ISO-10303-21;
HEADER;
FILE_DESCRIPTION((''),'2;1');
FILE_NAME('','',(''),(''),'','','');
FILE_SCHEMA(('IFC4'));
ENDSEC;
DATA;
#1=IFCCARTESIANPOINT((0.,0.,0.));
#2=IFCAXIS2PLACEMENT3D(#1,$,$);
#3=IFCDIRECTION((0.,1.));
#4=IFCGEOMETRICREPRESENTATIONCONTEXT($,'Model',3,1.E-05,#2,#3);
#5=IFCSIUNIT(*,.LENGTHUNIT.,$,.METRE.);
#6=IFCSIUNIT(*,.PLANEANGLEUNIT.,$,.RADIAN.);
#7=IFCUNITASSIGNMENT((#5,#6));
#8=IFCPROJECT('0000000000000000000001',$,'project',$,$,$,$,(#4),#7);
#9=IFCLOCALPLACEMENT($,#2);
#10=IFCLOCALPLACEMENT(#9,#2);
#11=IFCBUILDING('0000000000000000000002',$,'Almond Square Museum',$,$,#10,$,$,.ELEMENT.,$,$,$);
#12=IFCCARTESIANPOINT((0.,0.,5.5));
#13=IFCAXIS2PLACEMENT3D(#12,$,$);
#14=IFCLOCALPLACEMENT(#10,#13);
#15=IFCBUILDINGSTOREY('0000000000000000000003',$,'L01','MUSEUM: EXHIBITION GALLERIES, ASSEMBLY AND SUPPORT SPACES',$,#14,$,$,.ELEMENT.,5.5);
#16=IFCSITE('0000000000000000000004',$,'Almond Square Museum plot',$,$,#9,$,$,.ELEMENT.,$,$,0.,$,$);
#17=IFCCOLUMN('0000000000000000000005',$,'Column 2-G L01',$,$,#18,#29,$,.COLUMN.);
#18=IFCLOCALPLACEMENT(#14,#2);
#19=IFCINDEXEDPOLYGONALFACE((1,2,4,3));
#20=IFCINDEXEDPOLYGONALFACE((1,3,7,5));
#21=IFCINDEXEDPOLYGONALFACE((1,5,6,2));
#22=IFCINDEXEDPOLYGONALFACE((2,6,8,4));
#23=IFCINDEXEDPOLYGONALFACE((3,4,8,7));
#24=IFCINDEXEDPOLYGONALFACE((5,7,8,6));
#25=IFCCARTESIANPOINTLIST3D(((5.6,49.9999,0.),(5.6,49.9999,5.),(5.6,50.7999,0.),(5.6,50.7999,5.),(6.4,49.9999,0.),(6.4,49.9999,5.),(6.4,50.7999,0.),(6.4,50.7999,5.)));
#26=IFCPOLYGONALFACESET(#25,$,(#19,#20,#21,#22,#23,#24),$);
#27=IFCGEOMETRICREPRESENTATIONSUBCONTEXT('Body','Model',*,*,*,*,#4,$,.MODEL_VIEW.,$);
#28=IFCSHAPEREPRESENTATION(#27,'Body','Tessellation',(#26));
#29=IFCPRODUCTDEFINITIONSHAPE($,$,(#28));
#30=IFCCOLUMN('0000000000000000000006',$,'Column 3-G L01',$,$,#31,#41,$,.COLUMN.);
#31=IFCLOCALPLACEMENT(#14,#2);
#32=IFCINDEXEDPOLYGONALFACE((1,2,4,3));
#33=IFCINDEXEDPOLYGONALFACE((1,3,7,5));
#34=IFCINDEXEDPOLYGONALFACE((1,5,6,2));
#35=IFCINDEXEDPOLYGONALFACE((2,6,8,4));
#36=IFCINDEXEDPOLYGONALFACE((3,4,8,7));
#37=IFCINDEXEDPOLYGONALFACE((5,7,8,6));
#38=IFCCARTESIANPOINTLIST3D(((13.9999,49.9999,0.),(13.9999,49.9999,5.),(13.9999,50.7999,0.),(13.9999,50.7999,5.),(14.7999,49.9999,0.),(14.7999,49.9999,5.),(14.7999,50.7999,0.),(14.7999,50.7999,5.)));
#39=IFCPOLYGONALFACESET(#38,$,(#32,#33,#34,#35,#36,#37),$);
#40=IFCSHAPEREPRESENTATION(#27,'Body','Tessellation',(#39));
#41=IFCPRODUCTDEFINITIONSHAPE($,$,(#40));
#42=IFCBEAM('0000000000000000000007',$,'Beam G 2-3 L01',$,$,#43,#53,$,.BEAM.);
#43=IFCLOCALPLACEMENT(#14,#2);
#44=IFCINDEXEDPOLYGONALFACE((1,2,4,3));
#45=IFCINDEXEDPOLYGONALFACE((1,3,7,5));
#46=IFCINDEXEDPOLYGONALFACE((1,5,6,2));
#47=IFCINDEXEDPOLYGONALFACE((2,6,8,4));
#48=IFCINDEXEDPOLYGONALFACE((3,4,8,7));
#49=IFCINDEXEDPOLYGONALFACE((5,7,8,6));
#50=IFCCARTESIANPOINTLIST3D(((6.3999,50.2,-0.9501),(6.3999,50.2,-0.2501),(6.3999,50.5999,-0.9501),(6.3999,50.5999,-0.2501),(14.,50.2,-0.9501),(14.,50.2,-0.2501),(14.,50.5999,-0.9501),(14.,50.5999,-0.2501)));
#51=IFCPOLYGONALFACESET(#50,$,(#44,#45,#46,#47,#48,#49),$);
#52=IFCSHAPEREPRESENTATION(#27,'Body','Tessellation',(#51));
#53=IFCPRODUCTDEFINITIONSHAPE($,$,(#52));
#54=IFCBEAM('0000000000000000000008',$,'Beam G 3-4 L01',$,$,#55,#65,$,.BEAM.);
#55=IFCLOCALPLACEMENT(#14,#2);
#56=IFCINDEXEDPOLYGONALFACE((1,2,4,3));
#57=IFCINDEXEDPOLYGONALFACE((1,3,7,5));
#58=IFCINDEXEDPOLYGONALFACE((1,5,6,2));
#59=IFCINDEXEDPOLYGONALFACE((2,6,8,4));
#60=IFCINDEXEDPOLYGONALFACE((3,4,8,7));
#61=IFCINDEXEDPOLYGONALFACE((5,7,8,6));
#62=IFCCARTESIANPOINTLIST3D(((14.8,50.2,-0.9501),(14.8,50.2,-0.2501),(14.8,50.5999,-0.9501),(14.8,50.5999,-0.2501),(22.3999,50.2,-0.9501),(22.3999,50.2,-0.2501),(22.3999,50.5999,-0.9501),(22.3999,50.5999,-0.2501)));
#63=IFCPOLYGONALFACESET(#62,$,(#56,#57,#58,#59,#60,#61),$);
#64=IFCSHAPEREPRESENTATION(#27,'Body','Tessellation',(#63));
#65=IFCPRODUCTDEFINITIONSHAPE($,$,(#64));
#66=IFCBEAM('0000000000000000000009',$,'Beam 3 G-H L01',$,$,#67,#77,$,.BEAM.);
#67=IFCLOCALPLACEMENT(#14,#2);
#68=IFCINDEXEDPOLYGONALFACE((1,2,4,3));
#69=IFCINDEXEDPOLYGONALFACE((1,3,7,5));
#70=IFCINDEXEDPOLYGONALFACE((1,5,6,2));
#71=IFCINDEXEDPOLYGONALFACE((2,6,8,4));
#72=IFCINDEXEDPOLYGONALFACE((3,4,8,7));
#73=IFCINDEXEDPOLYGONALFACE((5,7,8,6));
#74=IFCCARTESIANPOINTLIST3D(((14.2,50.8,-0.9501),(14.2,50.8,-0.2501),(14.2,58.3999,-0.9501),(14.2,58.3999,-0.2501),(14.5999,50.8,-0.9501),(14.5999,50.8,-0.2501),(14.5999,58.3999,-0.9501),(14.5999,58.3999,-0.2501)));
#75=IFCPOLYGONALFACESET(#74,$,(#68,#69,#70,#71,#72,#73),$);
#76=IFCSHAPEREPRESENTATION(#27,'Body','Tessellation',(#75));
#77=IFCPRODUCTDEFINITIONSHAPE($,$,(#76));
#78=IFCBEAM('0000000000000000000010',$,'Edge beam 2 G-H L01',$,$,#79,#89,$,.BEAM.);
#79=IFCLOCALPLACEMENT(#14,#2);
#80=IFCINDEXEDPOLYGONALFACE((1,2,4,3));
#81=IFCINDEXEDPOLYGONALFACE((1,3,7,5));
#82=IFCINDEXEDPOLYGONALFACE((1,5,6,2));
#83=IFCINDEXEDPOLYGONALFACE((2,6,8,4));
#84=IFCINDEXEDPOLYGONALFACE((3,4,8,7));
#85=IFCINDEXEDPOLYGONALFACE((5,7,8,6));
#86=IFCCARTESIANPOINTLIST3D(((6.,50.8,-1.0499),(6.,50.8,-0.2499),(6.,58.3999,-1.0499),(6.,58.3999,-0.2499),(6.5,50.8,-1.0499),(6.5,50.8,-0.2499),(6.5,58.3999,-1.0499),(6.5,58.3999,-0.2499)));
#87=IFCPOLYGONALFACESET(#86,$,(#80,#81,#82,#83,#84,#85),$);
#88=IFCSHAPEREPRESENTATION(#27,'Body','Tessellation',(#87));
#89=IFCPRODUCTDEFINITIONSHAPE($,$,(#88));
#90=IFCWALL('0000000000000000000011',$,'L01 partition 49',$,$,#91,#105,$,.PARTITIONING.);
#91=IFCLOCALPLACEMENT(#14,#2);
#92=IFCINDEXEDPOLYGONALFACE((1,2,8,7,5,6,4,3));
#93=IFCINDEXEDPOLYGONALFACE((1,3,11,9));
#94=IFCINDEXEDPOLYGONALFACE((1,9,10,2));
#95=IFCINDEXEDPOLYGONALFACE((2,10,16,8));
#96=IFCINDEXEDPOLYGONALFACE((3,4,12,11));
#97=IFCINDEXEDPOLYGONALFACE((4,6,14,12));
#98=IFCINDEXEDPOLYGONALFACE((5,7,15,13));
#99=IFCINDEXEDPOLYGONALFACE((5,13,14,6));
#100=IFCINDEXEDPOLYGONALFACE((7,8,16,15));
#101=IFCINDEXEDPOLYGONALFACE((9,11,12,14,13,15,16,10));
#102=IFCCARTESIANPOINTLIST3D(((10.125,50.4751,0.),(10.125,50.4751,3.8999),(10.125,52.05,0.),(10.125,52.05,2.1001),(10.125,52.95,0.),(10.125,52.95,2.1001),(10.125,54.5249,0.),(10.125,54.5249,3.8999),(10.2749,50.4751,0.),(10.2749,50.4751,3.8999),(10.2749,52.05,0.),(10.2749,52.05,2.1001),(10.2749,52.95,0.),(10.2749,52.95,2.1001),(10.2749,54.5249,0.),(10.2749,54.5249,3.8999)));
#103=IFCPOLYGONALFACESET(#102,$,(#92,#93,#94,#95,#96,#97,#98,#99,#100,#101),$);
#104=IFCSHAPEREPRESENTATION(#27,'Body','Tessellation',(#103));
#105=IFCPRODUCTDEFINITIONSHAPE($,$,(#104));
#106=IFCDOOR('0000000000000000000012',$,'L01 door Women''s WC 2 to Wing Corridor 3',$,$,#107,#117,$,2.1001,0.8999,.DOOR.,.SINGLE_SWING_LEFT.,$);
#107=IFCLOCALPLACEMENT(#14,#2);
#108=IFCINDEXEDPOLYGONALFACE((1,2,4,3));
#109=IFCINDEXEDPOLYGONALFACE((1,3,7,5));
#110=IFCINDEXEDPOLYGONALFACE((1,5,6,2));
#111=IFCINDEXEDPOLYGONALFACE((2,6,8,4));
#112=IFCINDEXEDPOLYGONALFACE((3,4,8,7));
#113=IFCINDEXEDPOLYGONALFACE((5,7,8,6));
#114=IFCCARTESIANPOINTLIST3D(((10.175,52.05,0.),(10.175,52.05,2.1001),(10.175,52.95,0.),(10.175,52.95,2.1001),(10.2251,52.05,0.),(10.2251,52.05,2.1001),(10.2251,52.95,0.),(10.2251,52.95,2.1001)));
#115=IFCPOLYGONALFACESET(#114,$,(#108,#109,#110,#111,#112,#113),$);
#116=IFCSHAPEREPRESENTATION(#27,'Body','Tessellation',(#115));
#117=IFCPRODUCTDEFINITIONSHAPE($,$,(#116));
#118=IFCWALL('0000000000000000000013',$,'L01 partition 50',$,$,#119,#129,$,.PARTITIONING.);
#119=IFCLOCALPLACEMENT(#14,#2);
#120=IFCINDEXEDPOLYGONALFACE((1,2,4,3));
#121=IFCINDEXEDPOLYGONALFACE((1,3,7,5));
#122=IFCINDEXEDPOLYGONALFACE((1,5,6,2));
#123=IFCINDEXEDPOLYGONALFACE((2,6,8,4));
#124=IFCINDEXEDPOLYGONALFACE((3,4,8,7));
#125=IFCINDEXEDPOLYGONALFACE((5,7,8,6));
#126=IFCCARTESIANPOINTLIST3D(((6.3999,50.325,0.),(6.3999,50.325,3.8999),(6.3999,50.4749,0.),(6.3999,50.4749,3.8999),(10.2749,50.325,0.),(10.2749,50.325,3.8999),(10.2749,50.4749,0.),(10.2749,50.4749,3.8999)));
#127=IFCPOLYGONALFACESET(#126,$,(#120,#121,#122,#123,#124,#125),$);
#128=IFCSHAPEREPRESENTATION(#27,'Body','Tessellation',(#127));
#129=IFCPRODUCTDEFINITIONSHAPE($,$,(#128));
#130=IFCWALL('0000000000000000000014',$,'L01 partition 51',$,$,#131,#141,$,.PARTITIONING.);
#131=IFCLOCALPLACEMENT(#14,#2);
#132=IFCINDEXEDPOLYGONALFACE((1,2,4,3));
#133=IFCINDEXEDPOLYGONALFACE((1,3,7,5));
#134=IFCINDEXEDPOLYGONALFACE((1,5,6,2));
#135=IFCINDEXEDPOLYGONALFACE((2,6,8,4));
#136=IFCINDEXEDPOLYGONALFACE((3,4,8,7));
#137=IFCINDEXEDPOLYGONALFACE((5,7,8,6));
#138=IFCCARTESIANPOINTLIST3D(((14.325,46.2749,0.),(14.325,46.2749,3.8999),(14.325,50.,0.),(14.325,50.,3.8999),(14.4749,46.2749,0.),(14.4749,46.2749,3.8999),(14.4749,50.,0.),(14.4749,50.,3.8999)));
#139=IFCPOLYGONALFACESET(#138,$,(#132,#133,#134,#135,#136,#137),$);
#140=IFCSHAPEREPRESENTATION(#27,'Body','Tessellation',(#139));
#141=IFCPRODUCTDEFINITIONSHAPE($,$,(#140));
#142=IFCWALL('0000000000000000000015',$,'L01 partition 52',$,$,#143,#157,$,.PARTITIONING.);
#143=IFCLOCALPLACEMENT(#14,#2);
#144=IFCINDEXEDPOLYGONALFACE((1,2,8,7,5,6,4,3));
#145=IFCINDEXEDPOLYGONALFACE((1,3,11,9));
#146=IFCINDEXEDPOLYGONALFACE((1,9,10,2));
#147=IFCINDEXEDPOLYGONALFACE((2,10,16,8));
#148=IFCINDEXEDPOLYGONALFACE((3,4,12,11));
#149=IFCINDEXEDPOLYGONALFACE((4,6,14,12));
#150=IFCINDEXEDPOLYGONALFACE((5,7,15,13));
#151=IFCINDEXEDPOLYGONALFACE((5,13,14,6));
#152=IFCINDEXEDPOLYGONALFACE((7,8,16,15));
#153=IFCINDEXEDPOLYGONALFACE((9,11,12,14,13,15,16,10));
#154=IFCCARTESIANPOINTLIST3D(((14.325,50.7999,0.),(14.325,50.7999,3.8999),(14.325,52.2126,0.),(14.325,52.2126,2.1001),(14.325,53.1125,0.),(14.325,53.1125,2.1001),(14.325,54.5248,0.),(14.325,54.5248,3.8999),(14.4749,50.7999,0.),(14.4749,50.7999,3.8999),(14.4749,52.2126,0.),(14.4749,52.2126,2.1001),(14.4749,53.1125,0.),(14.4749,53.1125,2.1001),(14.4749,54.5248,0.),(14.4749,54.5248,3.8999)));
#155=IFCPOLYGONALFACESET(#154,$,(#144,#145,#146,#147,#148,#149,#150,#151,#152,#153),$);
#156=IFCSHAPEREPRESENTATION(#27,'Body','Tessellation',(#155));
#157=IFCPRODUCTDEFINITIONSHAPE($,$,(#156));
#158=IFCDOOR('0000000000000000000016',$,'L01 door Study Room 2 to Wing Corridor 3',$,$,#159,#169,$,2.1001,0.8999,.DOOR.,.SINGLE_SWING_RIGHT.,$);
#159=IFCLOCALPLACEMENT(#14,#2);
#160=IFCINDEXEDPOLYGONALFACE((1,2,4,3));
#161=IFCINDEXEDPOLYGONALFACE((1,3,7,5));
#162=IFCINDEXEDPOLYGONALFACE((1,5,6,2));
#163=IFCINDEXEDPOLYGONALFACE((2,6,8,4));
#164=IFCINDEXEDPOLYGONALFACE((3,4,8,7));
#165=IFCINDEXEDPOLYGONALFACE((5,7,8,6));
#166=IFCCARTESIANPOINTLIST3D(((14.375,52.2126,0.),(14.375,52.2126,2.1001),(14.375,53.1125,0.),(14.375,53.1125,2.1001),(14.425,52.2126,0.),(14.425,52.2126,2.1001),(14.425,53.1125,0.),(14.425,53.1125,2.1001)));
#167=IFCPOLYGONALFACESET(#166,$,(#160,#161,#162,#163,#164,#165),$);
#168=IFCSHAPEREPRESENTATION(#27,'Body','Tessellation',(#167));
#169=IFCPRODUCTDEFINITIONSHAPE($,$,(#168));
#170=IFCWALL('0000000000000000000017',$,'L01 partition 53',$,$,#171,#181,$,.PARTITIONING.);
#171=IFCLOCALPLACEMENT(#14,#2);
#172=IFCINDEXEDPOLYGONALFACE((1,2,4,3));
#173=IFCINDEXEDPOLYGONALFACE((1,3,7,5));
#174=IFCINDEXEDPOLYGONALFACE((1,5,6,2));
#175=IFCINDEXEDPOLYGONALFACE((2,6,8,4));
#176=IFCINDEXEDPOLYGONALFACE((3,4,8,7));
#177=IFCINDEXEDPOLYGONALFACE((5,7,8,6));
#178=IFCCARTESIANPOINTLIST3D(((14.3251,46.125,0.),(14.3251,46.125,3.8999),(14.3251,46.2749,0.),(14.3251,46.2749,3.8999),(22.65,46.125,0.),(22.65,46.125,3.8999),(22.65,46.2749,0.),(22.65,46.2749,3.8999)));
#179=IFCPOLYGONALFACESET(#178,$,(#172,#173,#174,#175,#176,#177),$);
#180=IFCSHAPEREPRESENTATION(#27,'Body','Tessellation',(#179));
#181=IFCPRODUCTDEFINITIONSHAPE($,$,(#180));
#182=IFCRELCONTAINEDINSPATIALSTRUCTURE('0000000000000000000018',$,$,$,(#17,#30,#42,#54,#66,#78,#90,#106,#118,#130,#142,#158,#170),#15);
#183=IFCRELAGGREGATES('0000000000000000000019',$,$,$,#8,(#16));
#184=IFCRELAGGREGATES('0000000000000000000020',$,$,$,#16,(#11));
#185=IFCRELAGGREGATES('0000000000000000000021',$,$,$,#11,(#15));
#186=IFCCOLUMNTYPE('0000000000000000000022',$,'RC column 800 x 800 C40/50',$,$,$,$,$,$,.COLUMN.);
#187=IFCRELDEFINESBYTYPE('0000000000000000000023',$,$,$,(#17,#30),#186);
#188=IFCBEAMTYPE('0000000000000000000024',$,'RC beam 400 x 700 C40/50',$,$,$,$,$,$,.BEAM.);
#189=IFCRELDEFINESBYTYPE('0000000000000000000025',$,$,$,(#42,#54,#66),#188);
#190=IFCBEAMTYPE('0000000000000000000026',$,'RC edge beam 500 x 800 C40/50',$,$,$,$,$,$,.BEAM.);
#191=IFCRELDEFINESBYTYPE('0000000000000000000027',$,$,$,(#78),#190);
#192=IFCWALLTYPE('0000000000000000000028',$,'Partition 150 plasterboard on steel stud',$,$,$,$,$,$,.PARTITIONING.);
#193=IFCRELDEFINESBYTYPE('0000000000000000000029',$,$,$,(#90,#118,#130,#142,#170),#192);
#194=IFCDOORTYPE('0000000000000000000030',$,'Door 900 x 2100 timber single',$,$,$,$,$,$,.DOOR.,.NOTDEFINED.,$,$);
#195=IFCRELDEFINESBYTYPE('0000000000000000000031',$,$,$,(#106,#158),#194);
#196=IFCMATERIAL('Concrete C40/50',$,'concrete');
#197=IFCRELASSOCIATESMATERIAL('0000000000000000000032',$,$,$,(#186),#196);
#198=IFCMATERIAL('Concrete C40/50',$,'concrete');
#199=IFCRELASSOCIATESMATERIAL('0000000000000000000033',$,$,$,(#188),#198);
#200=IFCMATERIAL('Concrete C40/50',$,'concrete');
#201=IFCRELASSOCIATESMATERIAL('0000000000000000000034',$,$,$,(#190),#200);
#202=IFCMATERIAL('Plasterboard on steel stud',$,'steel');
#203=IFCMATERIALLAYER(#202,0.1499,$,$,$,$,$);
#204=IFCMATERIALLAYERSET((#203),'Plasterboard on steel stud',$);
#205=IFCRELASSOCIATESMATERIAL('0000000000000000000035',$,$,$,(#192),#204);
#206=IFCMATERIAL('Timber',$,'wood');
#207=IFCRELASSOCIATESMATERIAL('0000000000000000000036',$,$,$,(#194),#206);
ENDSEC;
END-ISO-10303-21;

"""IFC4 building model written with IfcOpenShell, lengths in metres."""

from ifc_helpers import new_model, si_unit, direction, frame, frame_2d, origin, origin_2d, place, context, subcontext, project, spatial, rectangle, extrude, material, layer, layer_set, material_profile, profile_set, type_object, element, fill, save


model = new_model("IFC4")

# Units and contexts
model_context = context("Model", 3, precision=1e-05, world=origin(), true_north=direction((0.0, 1.0)))
body_context = subcontext(model_context, "Body", "Model", "MODEL_VIEW")
ifc_project = project(units=[si_unit("LENGTHUNIT", "METRE"), si_unit("PLANEANGLEUNIT", "RADIAN")], contexts=[model_context])

# Site, building, storey
site_placement = place(None, origin())
site = spatial("IfcSite", under=ifc_project, at=site_placement, Name="Almond Square Museum plot", CompositionType="ELEMENT", RefElevation=0.0)
building_placement = place(site_placement, origin())
building = spatial("IfcBuilding", under=site, at=building_placement, Name="Almond Square Museum", CompositionType="ELEMENT")
storey_placement = place(building_placement, frame((0.0, 0.0, 5.5)))
storey = spatial("IfcBuildingStorey", under=building, at=storey_placement, Name="L01", Description="MUSEUM: EXHIBITION GALLERIES, ASSEMBLY AND SUPPORT SPACES", CompositionType="ELEMENT", Elevation=5.5)

# Columns
ifc_material_1 = material(Name="Concrete C40/50", Category="concrete")
ifc_material_profile_1 = material_profile(ifc_material_1, rectangle(XDim=0.8, YDim=0.8, at=origin_2d()))
ifc_profile_set_1 = profile_set([ifc_material_profile_1], Name="Concrete C40/50")
column_type = type_object("IfcColumnType", Name="RC column 800 x 800 C40/50", PredefinedType="COLUMN", material=ifc_profile_set_1)
for number, where, z_axis, x_axis, name in (
    (1, (6.0, 50.3999, 0.0), (0.0, 0.0, 1.0), (1.0, 0.0, 0.0), "Column 2-G L01"),
    (2, (14.3999, 50.3999, 0.0), (0.0, 0.0, 1.0), (1.0, 0.0, 0.0), "Column 3-G L01"),
):
    element("IfcColumn", number, at=place(storey_placement, frame(where, z_axis=z_axis, x_axis=x_axis)), inside=storey, type_object=column_type, Name=name, PredefinedType="COLUMN", context=body_context, shape_type="SweptSolid", body=[
        extrude(rectangle(XDim=0.8, YDim=0.8, at=origin_2d()), origin(), (0.0, 0.0, 1.0), 5.0),
    ])

# Beams
ifc_material_2 = material(Name="Concrete C40/50", Category="concrete")
ifc_material_profile_2 = material_profile(ifc_material_2, rectangle(XDim=0.3999, YDim=0.7, at=origin_2d()))
ifc_profile_set_2 = profile_set([ifc_material_profile_2], Name="Concrete C40/50")
beam_type_1 = type_object("IfcBeamType", Name="RC beam 400 x 700 C40/50", PredefinedType="BEAM", material=ifc_profile_set_2)
beam_1_placement = place(storey_placement, frame((6.3999, 50.3999, -0.6001), z_axis=(1.0, 0.0, 0.0), x_axis=(0.0, 1.0, 0.0)))
element("IfcBeam", 3, at=beam_1_placement, inside=storey, type_object=beam_type_1, Name="Beam G 2-3 L01", PredefinedType="BEAM", context=body_context, shape_type="SweptSolid", body=[
    extrude(rectangle(XDim=0.3999, YDim=0.7, at=origin_2d()), origin(), (0.0, 0.0, 1.0), 7.6001),
])
for number, where, z_axis, x_axis, name in (
    (4, (14.8, 50.3999, -0.6001), (1.0, 0.0, 0.0), (0.0, 1.0, 0.0), "Beam G 3-4 L01"),
    (5, (14.3999, 50.8, -0.6001), (0.0, 1.0, 0.0), (-1.0, 0.0, 0.0), "Beam 3 G-H L01"),
):
    element("IfcBeam", number, at=place(storey_placement, frame(where, z_axis=z_axis, x_axis=x_axis)), inside=storey, type_object=beam_type_1, Name=name, PredefinedType="BEAM", context=body_context, shape_type="SweptSolid", body=[
        extrude(rectangle(XDim=0.3999, YDim=0.7, at=origin_2d()), origin(), (0.0, 0.0, 1.0), 7.5999),
    ])
ifc_material_3 = material(Name="Concrete C40/50", Category="concrete")
ifc_material_profile_3 = material_profile(ifc_material_3, rectangle(XDim=0.5, YDim=0.8, at=origin_2d()))
ifc_profile_set_3 = profile_set([ifc_material_profile_3], Name="Concrete C40/50")
beam_type_2 = type_object("IfcBeamType", Name="RC edge beam 500 x 800 C40/50", PredefinedType="BEAM", material=ifc_profile_set_3)
beam_2_placement = place(storey_placement, frame((6.25, 50.8, -0.6499), z_axis=(0.0, 1.0, 0.0), x_axis=(-1.0, 0.0, 0.0)))
element("IfcBeam", 6, at=beam_2_placement, inside=storey, type_object=beam_type_2, Name="Edge beam 2 G-H L01", PredefinedType="BEAM", context=body_context, shape_type="SweptSolid", body=[
    extrude(rectangle(XDim=0.5, YDim=0.8, at=origin_2d()), origin(), (0.0, 0.0, 1.0), 7.5999),
])

# Wall, opening, door
ifc_material_4 = material(Name="Plasterboard on steel stud", Category="steel")
ifc_layer_1 = layer(ifc_material_4, 0.1499)
ifc_layer_set_1 = layer_set([ifc_layer_1], Name="Plasterboard on steel stud")
wall_type_1 = type_object("IfcWallType", Name="Partition 150 plasterboard on steel stud", PredefinedType="PARTITIONING", material=ifc_layer_set_1)
wall_1_placement = place(storey_placement, frame((10.2, 50.4751, 0.0), z_axis=(0.0, 0.0, 1.0), x_axis=(0.0, 1.0, 0.0)))
wall_1 = element("IfcWall", 7, at=wall_1_placement, inside=storey, type_object=wall_type_1, Name="L01 partition 49", PredefinedType="PARTITIONING", context=body_context, shape_type="SweptSolid", body=[
    extrude(rectangle(XDim=4.0498, YDim=0.1499, at=frame_2d((2.0249, 0.0))), origin(), (0.0, 0.0, 1.0), 3.8999),
])
opening_1_placement = place(wall_1_placement, frame((1.575, 0.0, 0.0)))
opening_1 = element("IfcOpeningElement", 8, at=opening_1_placement, cuts=wall_1, PredefinedType="OPENING", context=body_context, shape_type="SweptSolid", body=[
    extrude(rectangle(XDim=0.8999, YDim=2.1001, at=frame_2d((0.45, 1.05))), frame((0.0, 0.085, 0.0), z_axis=(0.0, -1.0, 0.0), x_axis=(1.0, 0.0, 0.0)), (0.0, 0.0, 1.0), 0.1699),
])
ifc_material_5 = material(Name="Timber", Category="wood")
door_type = type_object("IfcDoorType", Name="Door 900 x 2100 timber single", OperationType="NOTDEFINED", PredefinedType="DOOR", material=ifc_material_5)
door_1_placement = place(opening_1_placement, origin())
door_1 = element("IfcDoor", 9, at=door_1_placement, inside=storey, type_object=door_type, Name="L01 door Women's WC 2 to Wing Corridor 3", OperationType="SINGLE_SWING_LEFT", OverallHeight=2.1001, OverallWidth=0.8999, PredefinedType="DOOR", context=body_context, shape_type="SweptSolid", body=[
    extrude(rectangle(XDim=0.8999, YDim=2.1001, at=frame_2d((0.45, 1.05))), frame((0.0, 0.0249, 0.0), z_axis=(0.0, -1.0, 0.0), x_axis=(1.0, 0.0, 0.0)), (0.0, 0.0, 1.0), 0.05),
])
fill(opening_1, door_1)

# Walls
wall_2_placement = place(storey_placement, frame((6.3999, 50.3999, 0.0), z_axis=(0.0, 0.0, 1.0), x_axis=(1.0, 0.0, 0.0)))
element("IfcWall", 10, at=wall_2_placement, inside=storey, type_object=wall_type_1, Name="L01 partition 50", PredefinedType="PARTITIONING", context=body_context, shape_type="SweptSolid", body=[
    extrude(rectangle(XDim=3.875, YDim=0.1499, at=frame_2d((1.9375, 0.0))), origin(), (0.0, 0.0, 1.0), 3.8999),
])
wall_3_placement = place(storey_placement, frame((14.3999, 46.2749, 0.0), z_axis=(0.0, 0.0, 1.0), x_axis=(0.0, 1.0, 0.0)))
element("IfcWall", 11, at=wall_3_placement, inside=storey, type_object=wall_type_1, Name="L01 partition 51", PredefinedType="PARTITIONING", context=body_context, shape_type="SweptSolid", body=[
    extrude(rectangle(XDim=3.7251, YDim=0.1499, at=frame_2d((1.8625, 0.0))), origin(), (0.0, 0.0, 1.0), 3.8999),
])

# Wall, opening, door
wall_4_placement = place(storey_placement, frame((14.3999, 50.8, 0.0), z_axis=(0.0, 0.0, 1.0), x_axis=(0.0, 1.0, 0.0)))
wall_4 = element("IfcWall", 12, at=wall_4_placement, inside=storey, type_object=wall_type_1, Name="L01 partition 52", PredefinedType="PARTITIONING", context=body_context, shape_type="SweptSolid", body=[
    extrude(rectangle(XDim=3.7249, YDim=0.1499, at=frame_2d((1.8623, 0.0))), origin(), (0.0, 0.0, 1.0), 3.8999),
])
opening_2_placement = place(wall_4_placement, frame((1.4126, 0.0, 0.0)))
opening_2 = element("IfcOpeningElement", 13, at=opening_2_placement, cuts=wall_4, PredefinedType="OPENING", context=body_context, shape_type="SweptSolid", body=[
    extrude(rectangle(XDim=0.8999, YDim=2.1001, at=frame_2d((0.45, 1.05))), frame((0.0, 0.085, 0.0), z_axis=(0.0, -1.0, 0.0), x_axis=(1.0, 0.0, 0.0)), (0.0, 0.0, 1.0), 0.1699),
])
door_2_placement = place(opening_2_placement, origin())
door_2 = element("IfcDoor", 14, at=door_2_placement, inside=storey, type_object=door_type, Name="L01 door Study Room 2 to Wing Corridor 3", OperationType="SINGLE_SWING_RIGHT", OverallHeight=2.1001, OverallWidth=0.8999, PredefinedType="DOOR", context=body_context, shape_type="SweptSolid", body=[
    extrude(rectangle(XDim=0.8999, YDim=2.1001, at=frame_2d((0.45, 1.05))), frame((0.0, 0.0249, 0.0), z_axis=(0.0, -1.0, 0.0), x_axis=(1.0, 0.0, 0.0)), (0.0, 0.0, 1.0), 0.05),
])
fill(opening_2, door_2)

# Wall
wall_5_placement = place(storey_placement, frame((14.325, 46.2, 0.0), z_axis=(0.0, 0.0, 1.0), x_axis=(1.0, 0.0, 0.0)))
element("IfcWall", 15, at=wall_5_placement, inside=storey, type_object=wall_type_1, Name="L01 partition 53", PredefinedType="PARTITIONING", context=body_context, shape_type="SweptSolid", body=[
    extrude(rectangle(XDim=8.325, YDim=0.1499, at=frame_2d((4.1626, 0.0))), origin(), (0.0, 0.0, 1.0), 3.8999),
])

save(model, "model.ifc")
